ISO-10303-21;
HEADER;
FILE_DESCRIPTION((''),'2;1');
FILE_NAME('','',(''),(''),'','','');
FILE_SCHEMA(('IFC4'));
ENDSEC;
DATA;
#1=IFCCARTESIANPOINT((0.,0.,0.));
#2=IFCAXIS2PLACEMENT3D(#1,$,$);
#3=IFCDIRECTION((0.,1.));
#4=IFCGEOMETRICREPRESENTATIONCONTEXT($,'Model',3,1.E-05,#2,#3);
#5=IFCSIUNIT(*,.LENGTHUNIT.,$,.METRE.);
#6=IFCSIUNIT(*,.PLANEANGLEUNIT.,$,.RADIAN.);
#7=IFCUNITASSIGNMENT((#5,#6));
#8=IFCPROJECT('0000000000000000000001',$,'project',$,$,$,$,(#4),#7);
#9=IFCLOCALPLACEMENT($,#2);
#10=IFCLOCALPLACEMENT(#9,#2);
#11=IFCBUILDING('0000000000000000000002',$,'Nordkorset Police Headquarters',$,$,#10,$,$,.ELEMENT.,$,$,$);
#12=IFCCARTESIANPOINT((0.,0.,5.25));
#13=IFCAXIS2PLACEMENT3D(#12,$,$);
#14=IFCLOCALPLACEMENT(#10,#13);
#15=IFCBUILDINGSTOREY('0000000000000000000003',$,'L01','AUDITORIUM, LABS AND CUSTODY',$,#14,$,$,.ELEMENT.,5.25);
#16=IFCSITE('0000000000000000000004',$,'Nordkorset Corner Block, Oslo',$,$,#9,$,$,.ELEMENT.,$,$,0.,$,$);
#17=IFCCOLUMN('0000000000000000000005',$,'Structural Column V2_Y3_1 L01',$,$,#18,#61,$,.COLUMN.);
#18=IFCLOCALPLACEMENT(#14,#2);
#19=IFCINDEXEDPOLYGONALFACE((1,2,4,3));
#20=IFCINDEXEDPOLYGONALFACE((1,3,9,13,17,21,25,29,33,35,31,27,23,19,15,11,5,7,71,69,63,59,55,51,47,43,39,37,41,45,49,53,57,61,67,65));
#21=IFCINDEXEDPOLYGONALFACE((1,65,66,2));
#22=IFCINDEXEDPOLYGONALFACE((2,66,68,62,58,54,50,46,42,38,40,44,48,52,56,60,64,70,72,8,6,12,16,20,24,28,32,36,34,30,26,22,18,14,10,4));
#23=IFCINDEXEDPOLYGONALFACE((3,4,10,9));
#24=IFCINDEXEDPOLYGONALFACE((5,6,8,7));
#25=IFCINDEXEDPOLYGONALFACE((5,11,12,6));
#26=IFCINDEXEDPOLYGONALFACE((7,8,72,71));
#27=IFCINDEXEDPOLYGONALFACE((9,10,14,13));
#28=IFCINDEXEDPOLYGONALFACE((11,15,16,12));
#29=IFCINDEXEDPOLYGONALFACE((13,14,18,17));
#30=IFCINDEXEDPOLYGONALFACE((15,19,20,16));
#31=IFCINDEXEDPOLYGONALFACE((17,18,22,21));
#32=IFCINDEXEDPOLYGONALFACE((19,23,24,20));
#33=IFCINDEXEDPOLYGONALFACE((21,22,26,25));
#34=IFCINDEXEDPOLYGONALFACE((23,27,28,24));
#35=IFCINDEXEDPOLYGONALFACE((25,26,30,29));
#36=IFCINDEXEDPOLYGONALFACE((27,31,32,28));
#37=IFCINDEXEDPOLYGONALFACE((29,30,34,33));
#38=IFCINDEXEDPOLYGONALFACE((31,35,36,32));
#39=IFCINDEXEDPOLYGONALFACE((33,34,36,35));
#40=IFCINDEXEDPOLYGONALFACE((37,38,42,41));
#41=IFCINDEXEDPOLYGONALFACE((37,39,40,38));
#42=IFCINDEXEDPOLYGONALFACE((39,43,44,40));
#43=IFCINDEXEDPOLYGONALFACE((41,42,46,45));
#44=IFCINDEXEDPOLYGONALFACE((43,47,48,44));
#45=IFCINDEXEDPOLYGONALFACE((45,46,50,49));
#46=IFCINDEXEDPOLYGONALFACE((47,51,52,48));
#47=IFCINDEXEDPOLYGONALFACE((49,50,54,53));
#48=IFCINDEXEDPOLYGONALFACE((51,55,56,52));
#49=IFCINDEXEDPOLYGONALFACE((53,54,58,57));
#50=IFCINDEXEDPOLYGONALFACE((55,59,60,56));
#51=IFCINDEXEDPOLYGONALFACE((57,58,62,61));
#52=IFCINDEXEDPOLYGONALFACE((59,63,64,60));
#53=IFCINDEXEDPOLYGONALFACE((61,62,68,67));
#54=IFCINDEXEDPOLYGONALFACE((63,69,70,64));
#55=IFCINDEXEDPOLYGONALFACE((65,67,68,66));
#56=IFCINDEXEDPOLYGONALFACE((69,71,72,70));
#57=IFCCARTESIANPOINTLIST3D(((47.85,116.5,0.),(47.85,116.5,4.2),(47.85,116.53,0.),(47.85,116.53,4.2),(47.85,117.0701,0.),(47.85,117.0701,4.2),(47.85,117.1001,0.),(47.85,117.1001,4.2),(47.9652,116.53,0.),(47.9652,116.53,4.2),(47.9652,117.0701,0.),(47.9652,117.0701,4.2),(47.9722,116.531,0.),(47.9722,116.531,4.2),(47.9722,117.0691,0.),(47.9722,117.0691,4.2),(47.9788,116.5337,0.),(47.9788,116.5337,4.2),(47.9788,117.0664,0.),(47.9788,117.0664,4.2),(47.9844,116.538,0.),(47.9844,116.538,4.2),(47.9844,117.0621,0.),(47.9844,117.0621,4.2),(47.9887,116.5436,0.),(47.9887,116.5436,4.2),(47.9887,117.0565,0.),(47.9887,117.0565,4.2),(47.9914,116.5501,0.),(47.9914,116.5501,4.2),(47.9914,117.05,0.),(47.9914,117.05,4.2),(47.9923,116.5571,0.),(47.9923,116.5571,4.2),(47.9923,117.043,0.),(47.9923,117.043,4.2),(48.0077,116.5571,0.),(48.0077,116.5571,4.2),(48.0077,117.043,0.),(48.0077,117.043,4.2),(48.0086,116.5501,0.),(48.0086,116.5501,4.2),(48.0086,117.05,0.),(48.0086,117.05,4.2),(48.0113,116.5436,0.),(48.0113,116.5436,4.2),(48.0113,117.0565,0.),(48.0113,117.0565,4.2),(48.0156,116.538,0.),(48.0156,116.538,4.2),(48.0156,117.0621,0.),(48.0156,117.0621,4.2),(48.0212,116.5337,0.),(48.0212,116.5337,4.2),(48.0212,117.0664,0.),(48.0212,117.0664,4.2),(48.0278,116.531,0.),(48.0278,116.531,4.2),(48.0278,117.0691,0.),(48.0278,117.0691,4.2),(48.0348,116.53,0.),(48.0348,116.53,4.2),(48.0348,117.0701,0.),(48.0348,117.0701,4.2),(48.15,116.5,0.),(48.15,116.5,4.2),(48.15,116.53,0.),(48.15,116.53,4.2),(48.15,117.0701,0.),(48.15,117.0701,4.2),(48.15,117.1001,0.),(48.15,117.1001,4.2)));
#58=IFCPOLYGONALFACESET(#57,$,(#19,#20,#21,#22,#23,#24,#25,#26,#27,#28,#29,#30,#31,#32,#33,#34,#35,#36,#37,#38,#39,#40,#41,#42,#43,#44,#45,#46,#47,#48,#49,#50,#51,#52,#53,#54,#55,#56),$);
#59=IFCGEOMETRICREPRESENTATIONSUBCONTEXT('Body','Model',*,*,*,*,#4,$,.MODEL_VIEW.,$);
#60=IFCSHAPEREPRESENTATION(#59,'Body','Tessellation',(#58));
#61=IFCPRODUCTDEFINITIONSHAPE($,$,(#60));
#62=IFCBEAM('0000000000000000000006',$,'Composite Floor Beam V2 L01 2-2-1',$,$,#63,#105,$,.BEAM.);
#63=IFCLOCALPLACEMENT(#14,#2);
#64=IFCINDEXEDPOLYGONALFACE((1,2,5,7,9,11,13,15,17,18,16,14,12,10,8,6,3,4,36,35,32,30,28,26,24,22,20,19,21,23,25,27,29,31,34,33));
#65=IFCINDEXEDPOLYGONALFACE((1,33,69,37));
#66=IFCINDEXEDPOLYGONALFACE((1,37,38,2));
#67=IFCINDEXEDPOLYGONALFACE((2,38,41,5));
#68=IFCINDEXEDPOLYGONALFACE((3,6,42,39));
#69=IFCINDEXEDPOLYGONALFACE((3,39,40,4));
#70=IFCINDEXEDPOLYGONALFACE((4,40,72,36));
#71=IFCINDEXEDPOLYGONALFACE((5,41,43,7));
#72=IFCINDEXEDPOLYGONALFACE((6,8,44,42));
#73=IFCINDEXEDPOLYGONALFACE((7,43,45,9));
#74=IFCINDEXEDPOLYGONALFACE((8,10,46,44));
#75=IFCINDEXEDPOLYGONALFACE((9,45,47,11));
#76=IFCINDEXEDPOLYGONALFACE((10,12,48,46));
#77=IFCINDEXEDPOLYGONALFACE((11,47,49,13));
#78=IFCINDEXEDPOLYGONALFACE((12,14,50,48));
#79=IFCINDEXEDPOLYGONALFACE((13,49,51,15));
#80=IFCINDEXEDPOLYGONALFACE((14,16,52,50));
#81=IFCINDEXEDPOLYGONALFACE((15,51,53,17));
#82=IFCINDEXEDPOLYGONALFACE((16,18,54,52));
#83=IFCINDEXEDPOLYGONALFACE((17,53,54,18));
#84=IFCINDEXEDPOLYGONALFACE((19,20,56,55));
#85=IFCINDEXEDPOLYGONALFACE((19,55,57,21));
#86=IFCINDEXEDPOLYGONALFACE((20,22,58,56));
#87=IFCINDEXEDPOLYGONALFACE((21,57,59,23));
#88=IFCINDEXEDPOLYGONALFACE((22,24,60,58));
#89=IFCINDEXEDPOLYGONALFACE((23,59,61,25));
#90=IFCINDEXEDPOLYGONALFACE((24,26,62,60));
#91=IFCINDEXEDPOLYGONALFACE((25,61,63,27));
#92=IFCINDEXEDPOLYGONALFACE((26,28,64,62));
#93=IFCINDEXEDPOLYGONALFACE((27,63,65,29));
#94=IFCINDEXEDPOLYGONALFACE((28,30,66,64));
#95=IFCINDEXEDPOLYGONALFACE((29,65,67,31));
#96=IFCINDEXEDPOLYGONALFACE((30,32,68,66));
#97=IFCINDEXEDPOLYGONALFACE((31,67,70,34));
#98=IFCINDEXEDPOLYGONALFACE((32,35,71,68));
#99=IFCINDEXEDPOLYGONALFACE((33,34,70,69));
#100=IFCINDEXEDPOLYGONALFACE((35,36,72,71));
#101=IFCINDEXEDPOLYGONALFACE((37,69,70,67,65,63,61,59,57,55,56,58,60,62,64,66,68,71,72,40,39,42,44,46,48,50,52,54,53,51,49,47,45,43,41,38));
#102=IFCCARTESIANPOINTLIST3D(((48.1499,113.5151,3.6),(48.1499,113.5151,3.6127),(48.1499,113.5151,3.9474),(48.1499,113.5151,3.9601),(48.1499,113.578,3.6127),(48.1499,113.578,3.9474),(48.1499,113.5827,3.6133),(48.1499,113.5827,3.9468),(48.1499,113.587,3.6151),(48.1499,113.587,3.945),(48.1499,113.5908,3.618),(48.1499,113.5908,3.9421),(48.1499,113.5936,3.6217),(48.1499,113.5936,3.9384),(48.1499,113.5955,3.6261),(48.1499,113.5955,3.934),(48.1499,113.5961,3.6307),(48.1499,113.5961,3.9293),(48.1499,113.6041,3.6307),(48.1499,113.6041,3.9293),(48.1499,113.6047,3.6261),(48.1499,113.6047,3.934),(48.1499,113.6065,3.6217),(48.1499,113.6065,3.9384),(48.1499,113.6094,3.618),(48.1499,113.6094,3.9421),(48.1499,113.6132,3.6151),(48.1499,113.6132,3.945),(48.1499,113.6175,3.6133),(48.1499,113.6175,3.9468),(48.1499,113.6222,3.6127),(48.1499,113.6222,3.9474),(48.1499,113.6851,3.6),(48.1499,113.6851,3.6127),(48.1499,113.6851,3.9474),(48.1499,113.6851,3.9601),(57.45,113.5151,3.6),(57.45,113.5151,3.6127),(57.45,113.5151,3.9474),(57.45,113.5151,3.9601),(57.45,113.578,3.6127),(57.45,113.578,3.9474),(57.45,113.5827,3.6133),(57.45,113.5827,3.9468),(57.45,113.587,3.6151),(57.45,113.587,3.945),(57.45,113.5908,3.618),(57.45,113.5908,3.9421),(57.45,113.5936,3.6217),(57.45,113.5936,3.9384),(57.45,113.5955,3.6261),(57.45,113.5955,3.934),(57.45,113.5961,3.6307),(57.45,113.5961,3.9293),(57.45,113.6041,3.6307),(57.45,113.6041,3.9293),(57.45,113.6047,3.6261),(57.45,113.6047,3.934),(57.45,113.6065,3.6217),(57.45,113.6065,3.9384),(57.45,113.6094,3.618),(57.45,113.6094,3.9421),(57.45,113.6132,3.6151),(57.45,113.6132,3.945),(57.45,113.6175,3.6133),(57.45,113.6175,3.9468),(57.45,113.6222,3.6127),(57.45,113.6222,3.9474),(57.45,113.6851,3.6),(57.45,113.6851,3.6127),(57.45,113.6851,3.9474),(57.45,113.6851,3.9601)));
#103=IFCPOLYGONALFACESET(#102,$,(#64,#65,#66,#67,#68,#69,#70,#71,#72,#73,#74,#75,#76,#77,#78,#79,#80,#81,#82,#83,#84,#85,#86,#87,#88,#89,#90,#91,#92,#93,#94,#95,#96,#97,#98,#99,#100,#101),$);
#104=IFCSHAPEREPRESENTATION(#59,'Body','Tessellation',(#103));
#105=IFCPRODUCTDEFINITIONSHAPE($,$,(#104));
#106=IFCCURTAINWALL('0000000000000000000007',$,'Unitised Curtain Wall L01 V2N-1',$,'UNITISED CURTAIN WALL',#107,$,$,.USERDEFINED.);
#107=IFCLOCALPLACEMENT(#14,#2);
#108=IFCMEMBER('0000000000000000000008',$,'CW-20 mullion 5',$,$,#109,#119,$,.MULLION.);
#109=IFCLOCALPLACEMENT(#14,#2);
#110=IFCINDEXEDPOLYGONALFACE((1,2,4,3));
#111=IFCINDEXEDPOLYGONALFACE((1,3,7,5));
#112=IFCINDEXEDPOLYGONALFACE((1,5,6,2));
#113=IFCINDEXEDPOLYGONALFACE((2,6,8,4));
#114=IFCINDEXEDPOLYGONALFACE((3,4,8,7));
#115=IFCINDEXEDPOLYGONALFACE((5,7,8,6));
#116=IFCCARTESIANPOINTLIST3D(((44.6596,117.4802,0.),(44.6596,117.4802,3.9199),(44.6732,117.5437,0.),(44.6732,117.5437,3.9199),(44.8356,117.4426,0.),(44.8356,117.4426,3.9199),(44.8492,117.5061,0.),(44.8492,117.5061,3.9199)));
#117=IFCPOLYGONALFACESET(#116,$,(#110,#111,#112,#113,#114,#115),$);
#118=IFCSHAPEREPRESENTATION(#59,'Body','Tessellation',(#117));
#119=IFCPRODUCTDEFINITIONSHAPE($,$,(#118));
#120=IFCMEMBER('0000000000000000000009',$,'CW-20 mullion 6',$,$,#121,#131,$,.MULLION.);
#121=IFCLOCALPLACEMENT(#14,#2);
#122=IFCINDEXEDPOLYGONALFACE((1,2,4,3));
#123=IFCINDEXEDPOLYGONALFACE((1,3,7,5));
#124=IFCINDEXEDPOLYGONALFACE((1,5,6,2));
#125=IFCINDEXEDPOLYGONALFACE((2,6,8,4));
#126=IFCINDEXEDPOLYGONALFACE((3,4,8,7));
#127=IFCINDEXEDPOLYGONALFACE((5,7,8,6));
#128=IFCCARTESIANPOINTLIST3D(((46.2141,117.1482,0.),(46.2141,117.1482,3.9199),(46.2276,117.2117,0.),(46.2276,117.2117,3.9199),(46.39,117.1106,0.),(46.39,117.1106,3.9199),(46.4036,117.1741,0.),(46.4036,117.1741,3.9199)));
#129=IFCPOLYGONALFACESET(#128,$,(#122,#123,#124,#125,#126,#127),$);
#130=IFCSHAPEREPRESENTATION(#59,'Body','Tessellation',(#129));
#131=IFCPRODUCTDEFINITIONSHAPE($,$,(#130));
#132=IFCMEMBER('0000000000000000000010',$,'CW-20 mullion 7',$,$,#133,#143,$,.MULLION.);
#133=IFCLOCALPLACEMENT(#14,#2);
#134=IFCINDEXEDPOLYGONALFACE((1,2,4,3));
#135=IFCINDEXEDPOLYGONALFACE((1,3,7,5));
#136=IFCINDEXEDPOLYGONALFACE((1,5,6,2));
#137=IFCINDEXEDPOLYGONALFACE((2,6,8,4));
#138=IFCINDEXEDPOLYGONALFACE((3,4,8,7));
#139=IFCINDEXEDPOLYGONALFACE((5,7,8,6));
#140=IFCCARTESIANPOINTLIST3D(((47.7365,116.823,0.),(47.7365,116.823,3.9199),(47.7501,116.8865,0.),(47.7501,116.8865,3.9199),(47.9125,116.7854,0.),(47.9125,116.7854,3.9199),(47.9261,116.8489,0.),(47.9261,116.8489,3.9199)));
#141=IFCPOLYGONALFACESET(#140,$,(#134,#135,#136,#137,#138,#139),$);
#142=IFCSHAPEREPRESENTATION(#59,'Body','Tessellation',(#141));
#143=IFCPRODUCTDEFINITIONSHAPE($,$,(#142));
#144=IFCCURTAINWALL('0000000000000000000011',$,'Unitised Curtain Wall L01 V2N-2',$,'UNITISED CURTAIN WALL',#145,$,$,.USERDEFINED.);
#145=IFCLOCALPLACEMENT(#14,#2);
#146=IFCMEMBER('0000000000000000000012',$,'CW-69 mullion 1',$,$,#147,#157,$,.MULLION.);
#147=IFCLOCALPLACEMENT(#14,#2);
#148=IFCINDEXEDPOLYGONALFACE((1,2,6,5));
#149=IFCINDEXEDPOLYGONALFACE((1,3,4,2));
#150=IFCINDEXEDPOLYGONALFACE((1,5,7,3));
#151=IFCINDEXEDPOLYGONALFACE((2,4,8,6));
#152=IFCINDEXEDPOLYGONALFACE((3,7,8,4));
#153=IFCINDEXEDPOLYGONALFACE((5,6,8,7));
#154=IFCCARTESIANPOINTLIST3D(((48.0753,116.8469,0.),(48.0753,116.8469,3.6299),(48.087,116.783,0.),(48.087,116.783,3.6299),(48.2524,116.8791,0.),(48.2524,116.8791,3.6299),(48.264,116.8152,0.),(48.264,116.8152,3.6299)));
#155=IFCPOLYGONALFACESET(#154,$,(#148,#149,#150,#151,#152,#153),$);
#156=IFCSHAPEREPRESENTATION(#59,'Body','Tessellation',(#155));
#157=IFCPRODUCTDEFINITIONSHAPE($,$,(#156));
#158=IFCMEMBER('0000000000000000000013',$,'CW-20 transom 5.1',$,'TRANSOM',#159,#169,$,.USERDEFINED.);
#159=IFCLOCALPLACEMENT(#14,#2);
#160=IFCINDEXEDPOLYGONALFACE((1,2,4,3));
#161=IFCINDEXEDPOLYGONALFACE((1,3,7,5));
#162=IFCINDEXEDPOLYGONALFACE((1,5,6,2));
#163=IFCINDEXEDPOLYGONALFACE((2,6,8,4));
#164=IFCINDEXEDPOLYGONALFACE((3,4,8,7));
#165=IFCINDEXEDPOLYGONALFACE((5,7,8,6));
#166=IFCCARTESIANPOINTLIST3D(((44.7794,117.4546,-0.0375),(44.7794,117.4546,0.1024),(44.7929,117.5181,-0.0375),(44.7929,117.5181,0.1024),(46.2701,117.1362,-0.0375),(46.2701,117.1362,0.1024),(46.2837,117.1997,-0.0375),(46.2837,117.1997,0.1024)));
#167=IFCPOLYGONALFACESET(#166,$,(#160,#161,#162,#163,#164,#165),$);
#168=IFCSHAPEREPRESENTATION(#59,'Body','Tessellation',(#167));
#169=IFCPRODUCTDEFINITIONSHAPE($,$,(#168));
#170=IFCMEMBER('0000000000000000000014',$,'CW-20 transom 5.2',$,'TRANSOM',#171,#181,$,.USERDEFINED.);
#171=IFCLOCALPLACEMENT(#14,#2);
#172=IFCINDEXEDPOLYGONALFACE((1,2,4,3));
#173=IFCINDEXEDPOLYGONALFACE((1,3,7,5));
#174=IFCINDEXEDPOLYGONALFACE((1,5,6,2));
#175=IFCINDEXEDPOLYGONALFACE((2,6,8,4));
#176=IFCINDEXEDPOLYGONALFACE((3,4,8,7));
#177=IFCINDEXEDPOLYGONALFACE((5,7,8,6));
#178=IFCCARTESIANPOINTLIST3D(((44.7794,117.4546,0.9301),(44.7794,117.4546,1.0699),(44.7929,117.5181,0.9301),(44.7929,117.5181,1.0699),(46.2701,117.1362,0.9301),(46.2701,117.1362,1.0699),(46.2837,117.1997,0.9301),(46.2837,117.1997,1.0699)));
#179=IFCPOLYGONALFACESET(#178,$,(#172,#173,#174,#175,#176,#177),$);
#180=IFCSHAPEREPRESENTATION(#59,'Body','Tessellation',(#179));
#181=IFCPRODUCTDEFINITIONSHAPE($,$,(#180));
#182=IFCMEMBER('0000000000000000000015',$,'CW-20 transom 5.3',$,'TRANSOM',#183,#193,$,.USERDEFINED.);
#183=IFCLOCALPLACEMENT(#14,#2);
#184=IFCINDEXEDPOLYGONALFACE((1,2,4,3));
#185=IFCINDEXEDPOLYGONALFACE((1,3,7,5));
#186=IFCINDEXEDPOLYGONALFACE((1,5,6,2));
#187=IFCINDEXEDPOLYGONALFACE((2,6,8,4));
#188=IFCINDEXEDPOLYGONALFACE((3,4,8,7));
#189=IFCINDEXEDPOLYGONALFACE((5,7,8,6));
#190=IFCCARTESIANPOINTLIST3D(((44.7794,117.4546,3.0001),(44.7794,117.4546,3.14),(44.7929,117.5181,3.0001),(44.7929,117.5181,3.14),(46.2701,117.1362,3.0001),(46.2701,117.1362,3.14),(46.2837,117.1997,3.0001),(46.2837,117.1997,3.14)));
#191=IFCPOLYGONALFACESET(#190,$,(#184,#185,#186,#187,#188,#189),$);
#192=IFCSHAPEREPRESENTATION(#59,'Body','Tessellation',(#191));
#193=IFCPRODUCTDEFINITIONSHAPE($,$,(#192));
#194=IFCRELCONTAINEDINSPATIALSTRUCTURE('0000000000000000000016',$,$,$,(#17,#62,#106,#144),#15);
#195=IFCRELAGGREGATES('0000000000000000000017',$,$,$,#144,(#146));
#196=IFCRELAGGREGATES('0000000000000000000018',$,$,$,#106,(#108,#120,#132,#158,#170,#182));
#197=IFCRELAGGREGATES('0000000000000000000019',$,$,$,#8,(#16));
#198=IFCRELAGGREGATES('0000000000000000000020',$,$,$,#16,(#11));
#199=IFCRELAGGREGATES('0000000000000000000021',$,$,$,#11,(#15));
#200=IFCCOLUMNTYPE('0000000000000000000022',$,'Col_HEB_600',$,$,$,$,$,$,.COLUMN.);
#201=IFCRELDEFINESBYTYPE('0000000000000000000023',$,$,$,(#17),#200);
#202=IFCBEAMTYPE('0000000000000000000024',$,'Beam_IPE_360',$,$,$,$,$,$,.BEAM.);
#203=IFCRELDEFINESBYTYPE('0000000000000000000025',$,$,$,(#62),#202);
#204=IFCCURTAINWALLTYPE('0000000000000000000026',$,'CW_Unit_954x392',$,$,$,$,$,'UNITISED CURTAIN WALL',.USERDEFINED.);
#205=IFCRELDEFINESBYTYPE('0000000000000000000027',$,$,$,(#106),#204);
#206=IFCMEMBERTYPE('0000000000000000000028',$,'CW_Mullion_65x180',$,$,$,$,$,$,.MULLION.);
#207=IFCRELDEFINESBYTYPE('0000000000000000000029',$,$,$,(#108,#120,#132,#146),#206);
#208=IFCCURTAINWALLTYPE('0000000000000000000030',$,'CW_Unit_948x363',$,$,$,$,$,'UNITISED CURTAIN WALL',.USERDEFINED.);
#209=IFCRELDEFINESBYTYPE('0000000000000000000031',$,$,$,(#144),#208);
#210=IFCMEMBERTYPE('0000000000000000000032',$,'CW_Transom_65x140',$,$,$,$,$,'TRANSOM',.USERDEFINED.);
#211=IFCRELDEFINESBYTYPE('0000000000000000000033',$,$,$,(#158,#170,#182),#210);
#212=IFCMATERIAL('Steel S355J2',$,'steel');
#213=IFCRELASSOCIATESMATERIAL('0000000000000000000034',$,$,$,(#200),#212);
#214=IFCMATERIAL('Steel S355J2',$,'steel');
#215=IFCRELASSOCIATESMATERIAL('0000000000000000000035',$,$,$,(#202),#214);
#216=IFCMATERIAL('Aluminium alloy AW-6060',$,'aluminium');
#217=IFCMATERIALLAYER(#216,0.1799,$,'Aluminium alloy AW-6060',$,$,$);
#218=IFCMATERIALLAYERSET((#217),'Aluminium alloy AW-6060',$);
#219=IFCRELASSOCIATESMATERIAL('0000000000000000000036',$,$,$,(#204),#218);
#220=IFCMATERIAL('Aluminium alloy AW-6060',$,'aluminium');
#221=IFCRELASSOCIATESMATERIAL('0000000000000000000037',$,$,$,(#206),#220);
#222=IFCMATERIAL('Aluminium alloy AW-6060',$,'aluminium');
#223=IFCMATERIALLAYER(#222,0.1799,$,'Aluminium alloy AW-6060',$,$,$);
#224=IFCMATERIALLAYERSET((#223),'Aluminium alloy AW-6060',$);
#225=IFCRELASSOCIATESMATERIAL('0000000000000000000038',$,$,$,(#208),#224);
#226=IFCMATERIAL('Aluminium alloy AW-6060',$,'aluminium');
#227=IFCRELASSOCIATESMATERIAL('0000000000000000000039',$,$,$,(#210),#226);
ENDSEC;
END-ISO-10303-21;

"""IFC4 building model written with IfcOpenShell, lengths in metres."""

from ifc_helpers import new_model, si_unit, direction, frame, origin, origin_2d, place, context, subcontext, project, spatial, rectangle, i_section, extrude, material, layer, layer_set, material_profile, profile_set, type_object, element, aggregate, save


model = new_model("IFC4")

# Units and contexts
model_context = context("Model", 3, precision=1e-05, world=origin(), true_north=direction((0.0, 1.0)))
body_context = subcontext(model_context, "Body", "Model", "MODEL_VIEW")
ifc_project = project(units=[si_unit("LENGTHUNIT", "METRE"), si_unit("PLANEANGLEUNIT", "RADIAN")], contexts=[model_context])

# Site, building, storey
site_placement = place(None, origin())
site = spatial("IfcSite", under=ifc_project, at=site_placement, Name="Nordkorset Corner Block, Oslo", CompositionType="ELEMENT", RefElevation=0.0)
building_placement = place(site_placement, origin())
building = spatial("IfcBuilding", under=site, at=building_placement, Name="Nordkorset Police Headquarters", CompositionType="ELEMENT")
storey_placement = place(building_placement, frame((0.0, 0.0, 5.25)))
storey = spatial("IfcBuildingStorey", under=building, at=storey_placement, Name="L01", Description="AUDITORIUM, LABS AND CUSTODY", CompositionType="ELEMENT", Elevation=5.25)

# Column
ifc_material_1 = material(Name="Steel S355J2", Category="steel")
ifc_material_profile_1 = material_profile(ifc_material_1, i_section(OverallWidth=0.3, OverallDepth=0.6001, WebThickness=0.0154, FlangeThickness=0.03, FilletRadius=0.0271, at=origin_2d()), Name="HEB 600")
ifc_profile_set_1 = profile_set([ifc_material_profile_1], Name="Steel S355J2")
column_type = type_object("IfcColumnType", Name="Col_HEB_600", PredefinedType="COLUMN", material=ifc_profile_set_1)
column_placement = place(storey_placement, frame((48.0, 116.8, 0.0), z_axis=(0.0, 0.0, 1.0), x_axis=(1.0, 0.0, 0.0)))
element("IfcColumn", 1, at=column_placement, inside=storey, type_object=column_type, Name="Structural Column V2_Y3_1 L01", PredefinedType="COLUMN", context=body_context, shape_type="SweptSolid", body=[
    extrude(i_section(OverallWidth=0.3, OverallDepth=0.6001, WebThickness=0.0154, FlangeThickness=0.03, FilletRadius=0.0271, at=origin_2d()), origin(), (0.0, 0.0, 1.0), 4.2),
])

# Beam
ifc_material_2 = material(Name="Steel S355J2", Category="steel")
ifc_material_profile_2 = material_profile(ifc_material_2, i_section(OverallWidth=0.1699, OverallDepth=0.3601, WebThickness=0.0081, FlangeThickness=0.0127, FilletRadius=0.0181, at=origin_2d()), Name="IPE 360")
ifc_profile_set_2 = profile_set([ifc_material_profile_2], Name="Steel S355J2")
beam_type_1 = type_object("IfcBeamType", Name="Beam_IPE_360", PredefinedType="BEAM", material=ifc_profile_set_2)
beam_1_placement = place(storey_placement, frame((48.1499, 113.6001, 3.78), z_axis=(1.0, 0.0, 0.0), x_axis=(0.0, 1.0, 0.0)))
element("IfcBeam", 2, at=beam_1_placement, inside=storey, type_object=beam_type_1, Name="Composite Floor Beam V2 L01 2-2-1", PredefinedType="BEAM", context=body_context, shape_type="SweptSolid", body=[
    extrude(i_section(OverallWidth=0.1699, OverallDepth=0.3601, WebThickness=0.0081, FlangeThickness=0.0127, FilletRadius=0.0181, at=origin_2d()), origin(), (0.0, 0.0, 1.0), 9.3),
])

# Curtain wall, members
ifc_material_3 = material(Name="Aluminium alloy AW-6060", Category="aluminium")
ifc_layer_1 = layer(ifc_material_3, 0.1799, Name="Aluminium alloy AW-6060")
ifc_layer_set_1 = layer_set([ifc_layer_1], Name="Aluminium alloy AW-6060")
curtain_wall_type_1 = type_object("IfcCurtainWallType", Name="CW_Unit_954x392", ElementType="UNITISED CURTAIN WALL", PredefinedType="USERDEFINED", material=ifc_layer_set_1)
curtain_wall_1_placement = place(storey_placement, origin())
curtain_wall_1 = element("IfcCurtainWall", 3, at=curtain_wall_1_placement, inside=storey, type_object=curtain_wall_type_1, Name="Unitised Curtain Wall L01 V2N-1", ObjectType="UNITISED CURTAIN WALL", PredefinedType="USERDEFINED")
ifc_material_4 = material(Name="Aluminium alloy AW-6060", Category="aluminium")
ifc_material_profile_3 = material_profile(ifc_material_4, rectangle(XDim=0.0649, YDim=0.1799, at=origin_2d()), Name="ALU MULL 65x180")
ifc_profile_set_3 = profile_set([ifc_material_profile_3], Name="Aluminium alloy AW-6060")
member_type_1 = type_object("IfcMemberType", Name="CW_Mullion_65x180", PredefinedType="MULLION", material=ifc_profile_set_3)
member_1_placement = place(storey_placement, frame((44.7544, 117.4932, 0.0), z_axis=(0.0, 0.0, 1.0), x_axis=(0.208833, 0.977951, 0.0)))
member_1 = element("IfcMember", 4, at=member_1_placement, type_object=member_type_1, Name="CW-20 mullion 5", PredefinedType="MULLION", context=body_context, shape_type="SweptSolid", body=[
    extrude(rectangle(XDim=0.0649, YDim=0.1799, at=origin_2d()), origin(), (0.0, 0.0, 1.0), 3.9199),
])
member_2_placement = place(storey_placement, frame((46.3088, 117.1611, 0.0), z_axis=(0.0, 0.0, 1.0), x_axis=(0.208833, 0.977951, 0.0)))
member_2 = element("IfcMember", 5, at=member_2_placement, type_object=member_type_1, Name="CW-20 mullion 6", PredefinedType="MULLION", context=body_context, shape_type="SweptSolid", body=[
    extrude(rectangle(XDim=0.0649, YDim=0.1799, at=origin_2d()), origin(), (0.0, 0.0, 1.0), 3.9199),
])
member_3_placement = place(storey_placement, frame((47.8313, 116.8359, 0.0), z_axis=(0.0, 0.0, 1.0), x_axis=(0.208833, 0.977951, 0.0)))
member_3 = element("IfcMember", 6, at=member_3_placement, type_object=member_type_1, Name="CW-20 mullion 7", PredefinedType="MULLION", context=body_context, shape_type="SweptSolid", body=[
    extrude(rectangle(XDim=0.0649, YDim=0.1799, at=origin_2d()), origin(), (0.0, 0.0, 1.0), 3.9199),
])

# Curtain wall, member
ifc_material_5 = material(Name="Aluminium alloy AW-6060", Category="aluminium")
ifc_layer_2 = layer(ifc_material_5, 0.1799, Name="Aluminium alloy AW-6060")
ifc_layer_set_2 = layer_set([ifc_layer_2], Name="Aluminium alloy AW-6060")
curtain_wall_type_2 = type_object("IfcCurtainWallType", Name="CW_Unit_948x363", ElementType="UNITISED CURTAIN WALL", PredefinedType="USERDEFINED", material=ifc_layer_set_2)
curtain_wall_2_placement = place(storey_placement, origin())
curtain_wall_2 = element("IfcCurtainWall", 7, at=curtain_wall_2_placement, inside=storey, type_object=curtain_wall_type_2, Name="Unitised Curtain Wall L01 V2N-2", ObjectType="UNITISED CURTAIN WALL", PredefinedType="USERDEFINED")
member_4_placement = place(storey_placement, frame((48.1697, 116.8311, 0.0), z_axis=(0.0, 0.0, 1.0), x_axis=(-0.179336, 0.983788, 0.0)))
member_4 = element("IfcMember", 8, at=member_4_placement, type_object=member_type_1, Name="CW-69 mullion 1", PredefinedType="MULLION", context=body_context, shape_type="SweptSolid", body=[
    extrude(rectangle(XDim=0.0649, YDim=0.1799, at=origin_2d()), origin(), (0.0, 0.0, 1.0), 3.6299),
])

# Members
ifc_material_6 = material(Name="Aluminium alloy AW-6060", Category="aluminium")
ifc_material_profile_4 = material_profile(ifc_material_6, rectangle(XDim=0.0649, YDim=0.1399, at=origin_2d()), Name="ALU TRAN 65x140")
ifc_profile_set_4 = profile_set([ifc_material_profile_4], Name="Aluminium alloy AW-6060")
member_type_2 = type_object("IfcMemberType", Name="CW_Transom_65x140", ElementType="TRANSOM", PredefinedType="USERDEFINED", material=ifc_profile_set_4)
member_5_placement = place(storey_placement, frame((44.7861, 117.4863, 0.0325), z_axis=(0.977947, -0.208851, 0.0), x_axis=(0.208851, 0.977947, 0.0)))
member_5 = element("IfcMember", 9, at=member_5_placement, type_object=member_type_2, Name="CW-20 transom 5.1", ObjectType="TRANSOM", PredefinedType="USERDEFINED", context=body_context, shape_type="SweptSolid", body=[
    extrude(rectangle(XDim=0.0649, YDim=0.1399, at=origin_2d()), origin(), (0.0, 0.0, 1.0), 1.5244),
])
member_6_placement = place(storey_placement, frame((44.7861, 117.4863, 1.0), z_axis=(0.977947, -0.208851, 0.0), x_axis=(0.208851, 0.977947, 0.0)))
member_6 = element("IfcMember", 10, at=member_6_placement, type_object=member_type_2, Name="CW-20 transom 5.2", ObjectType="TRANSOM", PredefinedType="USERDEFINED", context=body_context, shape_type="SweptSolid", body=[
    extrude(rectangle(XDim=0.0649, YDim=0.1399, at=origin_2d()), origin(), (0.0, 0.0, 1.0), 1.5244),
])
member_7_placement = place(storey_placement, frame((44.7861, 117.4863, 3.0701), z_axis=(0.977947, -0.208851, 0.0), x_axis=(0.208851, 0.977947, 0.0)))
member_7 = element("IfcMember", 11, at=member_7_placement, type_object=member_type_2, Name="CW-20 transom 5.3", ObjectType="TRANSOM", PredefinedType="USERDEFINED", context=body_context, shape_type="SweptSolid", body=[
    extrude(rectangle(XDim=0.0649, YDim=0.1399, at=origin_2d()), origin(), (0.0, 0.0, 1.0), 1.5244),
])
aggregate(curtain_wall_2, [member_4])

aggregate(curtain_wall_1, [member_1, member_2, member_3, member_5, member_6, member_7])

save(model, "model.ifc")
